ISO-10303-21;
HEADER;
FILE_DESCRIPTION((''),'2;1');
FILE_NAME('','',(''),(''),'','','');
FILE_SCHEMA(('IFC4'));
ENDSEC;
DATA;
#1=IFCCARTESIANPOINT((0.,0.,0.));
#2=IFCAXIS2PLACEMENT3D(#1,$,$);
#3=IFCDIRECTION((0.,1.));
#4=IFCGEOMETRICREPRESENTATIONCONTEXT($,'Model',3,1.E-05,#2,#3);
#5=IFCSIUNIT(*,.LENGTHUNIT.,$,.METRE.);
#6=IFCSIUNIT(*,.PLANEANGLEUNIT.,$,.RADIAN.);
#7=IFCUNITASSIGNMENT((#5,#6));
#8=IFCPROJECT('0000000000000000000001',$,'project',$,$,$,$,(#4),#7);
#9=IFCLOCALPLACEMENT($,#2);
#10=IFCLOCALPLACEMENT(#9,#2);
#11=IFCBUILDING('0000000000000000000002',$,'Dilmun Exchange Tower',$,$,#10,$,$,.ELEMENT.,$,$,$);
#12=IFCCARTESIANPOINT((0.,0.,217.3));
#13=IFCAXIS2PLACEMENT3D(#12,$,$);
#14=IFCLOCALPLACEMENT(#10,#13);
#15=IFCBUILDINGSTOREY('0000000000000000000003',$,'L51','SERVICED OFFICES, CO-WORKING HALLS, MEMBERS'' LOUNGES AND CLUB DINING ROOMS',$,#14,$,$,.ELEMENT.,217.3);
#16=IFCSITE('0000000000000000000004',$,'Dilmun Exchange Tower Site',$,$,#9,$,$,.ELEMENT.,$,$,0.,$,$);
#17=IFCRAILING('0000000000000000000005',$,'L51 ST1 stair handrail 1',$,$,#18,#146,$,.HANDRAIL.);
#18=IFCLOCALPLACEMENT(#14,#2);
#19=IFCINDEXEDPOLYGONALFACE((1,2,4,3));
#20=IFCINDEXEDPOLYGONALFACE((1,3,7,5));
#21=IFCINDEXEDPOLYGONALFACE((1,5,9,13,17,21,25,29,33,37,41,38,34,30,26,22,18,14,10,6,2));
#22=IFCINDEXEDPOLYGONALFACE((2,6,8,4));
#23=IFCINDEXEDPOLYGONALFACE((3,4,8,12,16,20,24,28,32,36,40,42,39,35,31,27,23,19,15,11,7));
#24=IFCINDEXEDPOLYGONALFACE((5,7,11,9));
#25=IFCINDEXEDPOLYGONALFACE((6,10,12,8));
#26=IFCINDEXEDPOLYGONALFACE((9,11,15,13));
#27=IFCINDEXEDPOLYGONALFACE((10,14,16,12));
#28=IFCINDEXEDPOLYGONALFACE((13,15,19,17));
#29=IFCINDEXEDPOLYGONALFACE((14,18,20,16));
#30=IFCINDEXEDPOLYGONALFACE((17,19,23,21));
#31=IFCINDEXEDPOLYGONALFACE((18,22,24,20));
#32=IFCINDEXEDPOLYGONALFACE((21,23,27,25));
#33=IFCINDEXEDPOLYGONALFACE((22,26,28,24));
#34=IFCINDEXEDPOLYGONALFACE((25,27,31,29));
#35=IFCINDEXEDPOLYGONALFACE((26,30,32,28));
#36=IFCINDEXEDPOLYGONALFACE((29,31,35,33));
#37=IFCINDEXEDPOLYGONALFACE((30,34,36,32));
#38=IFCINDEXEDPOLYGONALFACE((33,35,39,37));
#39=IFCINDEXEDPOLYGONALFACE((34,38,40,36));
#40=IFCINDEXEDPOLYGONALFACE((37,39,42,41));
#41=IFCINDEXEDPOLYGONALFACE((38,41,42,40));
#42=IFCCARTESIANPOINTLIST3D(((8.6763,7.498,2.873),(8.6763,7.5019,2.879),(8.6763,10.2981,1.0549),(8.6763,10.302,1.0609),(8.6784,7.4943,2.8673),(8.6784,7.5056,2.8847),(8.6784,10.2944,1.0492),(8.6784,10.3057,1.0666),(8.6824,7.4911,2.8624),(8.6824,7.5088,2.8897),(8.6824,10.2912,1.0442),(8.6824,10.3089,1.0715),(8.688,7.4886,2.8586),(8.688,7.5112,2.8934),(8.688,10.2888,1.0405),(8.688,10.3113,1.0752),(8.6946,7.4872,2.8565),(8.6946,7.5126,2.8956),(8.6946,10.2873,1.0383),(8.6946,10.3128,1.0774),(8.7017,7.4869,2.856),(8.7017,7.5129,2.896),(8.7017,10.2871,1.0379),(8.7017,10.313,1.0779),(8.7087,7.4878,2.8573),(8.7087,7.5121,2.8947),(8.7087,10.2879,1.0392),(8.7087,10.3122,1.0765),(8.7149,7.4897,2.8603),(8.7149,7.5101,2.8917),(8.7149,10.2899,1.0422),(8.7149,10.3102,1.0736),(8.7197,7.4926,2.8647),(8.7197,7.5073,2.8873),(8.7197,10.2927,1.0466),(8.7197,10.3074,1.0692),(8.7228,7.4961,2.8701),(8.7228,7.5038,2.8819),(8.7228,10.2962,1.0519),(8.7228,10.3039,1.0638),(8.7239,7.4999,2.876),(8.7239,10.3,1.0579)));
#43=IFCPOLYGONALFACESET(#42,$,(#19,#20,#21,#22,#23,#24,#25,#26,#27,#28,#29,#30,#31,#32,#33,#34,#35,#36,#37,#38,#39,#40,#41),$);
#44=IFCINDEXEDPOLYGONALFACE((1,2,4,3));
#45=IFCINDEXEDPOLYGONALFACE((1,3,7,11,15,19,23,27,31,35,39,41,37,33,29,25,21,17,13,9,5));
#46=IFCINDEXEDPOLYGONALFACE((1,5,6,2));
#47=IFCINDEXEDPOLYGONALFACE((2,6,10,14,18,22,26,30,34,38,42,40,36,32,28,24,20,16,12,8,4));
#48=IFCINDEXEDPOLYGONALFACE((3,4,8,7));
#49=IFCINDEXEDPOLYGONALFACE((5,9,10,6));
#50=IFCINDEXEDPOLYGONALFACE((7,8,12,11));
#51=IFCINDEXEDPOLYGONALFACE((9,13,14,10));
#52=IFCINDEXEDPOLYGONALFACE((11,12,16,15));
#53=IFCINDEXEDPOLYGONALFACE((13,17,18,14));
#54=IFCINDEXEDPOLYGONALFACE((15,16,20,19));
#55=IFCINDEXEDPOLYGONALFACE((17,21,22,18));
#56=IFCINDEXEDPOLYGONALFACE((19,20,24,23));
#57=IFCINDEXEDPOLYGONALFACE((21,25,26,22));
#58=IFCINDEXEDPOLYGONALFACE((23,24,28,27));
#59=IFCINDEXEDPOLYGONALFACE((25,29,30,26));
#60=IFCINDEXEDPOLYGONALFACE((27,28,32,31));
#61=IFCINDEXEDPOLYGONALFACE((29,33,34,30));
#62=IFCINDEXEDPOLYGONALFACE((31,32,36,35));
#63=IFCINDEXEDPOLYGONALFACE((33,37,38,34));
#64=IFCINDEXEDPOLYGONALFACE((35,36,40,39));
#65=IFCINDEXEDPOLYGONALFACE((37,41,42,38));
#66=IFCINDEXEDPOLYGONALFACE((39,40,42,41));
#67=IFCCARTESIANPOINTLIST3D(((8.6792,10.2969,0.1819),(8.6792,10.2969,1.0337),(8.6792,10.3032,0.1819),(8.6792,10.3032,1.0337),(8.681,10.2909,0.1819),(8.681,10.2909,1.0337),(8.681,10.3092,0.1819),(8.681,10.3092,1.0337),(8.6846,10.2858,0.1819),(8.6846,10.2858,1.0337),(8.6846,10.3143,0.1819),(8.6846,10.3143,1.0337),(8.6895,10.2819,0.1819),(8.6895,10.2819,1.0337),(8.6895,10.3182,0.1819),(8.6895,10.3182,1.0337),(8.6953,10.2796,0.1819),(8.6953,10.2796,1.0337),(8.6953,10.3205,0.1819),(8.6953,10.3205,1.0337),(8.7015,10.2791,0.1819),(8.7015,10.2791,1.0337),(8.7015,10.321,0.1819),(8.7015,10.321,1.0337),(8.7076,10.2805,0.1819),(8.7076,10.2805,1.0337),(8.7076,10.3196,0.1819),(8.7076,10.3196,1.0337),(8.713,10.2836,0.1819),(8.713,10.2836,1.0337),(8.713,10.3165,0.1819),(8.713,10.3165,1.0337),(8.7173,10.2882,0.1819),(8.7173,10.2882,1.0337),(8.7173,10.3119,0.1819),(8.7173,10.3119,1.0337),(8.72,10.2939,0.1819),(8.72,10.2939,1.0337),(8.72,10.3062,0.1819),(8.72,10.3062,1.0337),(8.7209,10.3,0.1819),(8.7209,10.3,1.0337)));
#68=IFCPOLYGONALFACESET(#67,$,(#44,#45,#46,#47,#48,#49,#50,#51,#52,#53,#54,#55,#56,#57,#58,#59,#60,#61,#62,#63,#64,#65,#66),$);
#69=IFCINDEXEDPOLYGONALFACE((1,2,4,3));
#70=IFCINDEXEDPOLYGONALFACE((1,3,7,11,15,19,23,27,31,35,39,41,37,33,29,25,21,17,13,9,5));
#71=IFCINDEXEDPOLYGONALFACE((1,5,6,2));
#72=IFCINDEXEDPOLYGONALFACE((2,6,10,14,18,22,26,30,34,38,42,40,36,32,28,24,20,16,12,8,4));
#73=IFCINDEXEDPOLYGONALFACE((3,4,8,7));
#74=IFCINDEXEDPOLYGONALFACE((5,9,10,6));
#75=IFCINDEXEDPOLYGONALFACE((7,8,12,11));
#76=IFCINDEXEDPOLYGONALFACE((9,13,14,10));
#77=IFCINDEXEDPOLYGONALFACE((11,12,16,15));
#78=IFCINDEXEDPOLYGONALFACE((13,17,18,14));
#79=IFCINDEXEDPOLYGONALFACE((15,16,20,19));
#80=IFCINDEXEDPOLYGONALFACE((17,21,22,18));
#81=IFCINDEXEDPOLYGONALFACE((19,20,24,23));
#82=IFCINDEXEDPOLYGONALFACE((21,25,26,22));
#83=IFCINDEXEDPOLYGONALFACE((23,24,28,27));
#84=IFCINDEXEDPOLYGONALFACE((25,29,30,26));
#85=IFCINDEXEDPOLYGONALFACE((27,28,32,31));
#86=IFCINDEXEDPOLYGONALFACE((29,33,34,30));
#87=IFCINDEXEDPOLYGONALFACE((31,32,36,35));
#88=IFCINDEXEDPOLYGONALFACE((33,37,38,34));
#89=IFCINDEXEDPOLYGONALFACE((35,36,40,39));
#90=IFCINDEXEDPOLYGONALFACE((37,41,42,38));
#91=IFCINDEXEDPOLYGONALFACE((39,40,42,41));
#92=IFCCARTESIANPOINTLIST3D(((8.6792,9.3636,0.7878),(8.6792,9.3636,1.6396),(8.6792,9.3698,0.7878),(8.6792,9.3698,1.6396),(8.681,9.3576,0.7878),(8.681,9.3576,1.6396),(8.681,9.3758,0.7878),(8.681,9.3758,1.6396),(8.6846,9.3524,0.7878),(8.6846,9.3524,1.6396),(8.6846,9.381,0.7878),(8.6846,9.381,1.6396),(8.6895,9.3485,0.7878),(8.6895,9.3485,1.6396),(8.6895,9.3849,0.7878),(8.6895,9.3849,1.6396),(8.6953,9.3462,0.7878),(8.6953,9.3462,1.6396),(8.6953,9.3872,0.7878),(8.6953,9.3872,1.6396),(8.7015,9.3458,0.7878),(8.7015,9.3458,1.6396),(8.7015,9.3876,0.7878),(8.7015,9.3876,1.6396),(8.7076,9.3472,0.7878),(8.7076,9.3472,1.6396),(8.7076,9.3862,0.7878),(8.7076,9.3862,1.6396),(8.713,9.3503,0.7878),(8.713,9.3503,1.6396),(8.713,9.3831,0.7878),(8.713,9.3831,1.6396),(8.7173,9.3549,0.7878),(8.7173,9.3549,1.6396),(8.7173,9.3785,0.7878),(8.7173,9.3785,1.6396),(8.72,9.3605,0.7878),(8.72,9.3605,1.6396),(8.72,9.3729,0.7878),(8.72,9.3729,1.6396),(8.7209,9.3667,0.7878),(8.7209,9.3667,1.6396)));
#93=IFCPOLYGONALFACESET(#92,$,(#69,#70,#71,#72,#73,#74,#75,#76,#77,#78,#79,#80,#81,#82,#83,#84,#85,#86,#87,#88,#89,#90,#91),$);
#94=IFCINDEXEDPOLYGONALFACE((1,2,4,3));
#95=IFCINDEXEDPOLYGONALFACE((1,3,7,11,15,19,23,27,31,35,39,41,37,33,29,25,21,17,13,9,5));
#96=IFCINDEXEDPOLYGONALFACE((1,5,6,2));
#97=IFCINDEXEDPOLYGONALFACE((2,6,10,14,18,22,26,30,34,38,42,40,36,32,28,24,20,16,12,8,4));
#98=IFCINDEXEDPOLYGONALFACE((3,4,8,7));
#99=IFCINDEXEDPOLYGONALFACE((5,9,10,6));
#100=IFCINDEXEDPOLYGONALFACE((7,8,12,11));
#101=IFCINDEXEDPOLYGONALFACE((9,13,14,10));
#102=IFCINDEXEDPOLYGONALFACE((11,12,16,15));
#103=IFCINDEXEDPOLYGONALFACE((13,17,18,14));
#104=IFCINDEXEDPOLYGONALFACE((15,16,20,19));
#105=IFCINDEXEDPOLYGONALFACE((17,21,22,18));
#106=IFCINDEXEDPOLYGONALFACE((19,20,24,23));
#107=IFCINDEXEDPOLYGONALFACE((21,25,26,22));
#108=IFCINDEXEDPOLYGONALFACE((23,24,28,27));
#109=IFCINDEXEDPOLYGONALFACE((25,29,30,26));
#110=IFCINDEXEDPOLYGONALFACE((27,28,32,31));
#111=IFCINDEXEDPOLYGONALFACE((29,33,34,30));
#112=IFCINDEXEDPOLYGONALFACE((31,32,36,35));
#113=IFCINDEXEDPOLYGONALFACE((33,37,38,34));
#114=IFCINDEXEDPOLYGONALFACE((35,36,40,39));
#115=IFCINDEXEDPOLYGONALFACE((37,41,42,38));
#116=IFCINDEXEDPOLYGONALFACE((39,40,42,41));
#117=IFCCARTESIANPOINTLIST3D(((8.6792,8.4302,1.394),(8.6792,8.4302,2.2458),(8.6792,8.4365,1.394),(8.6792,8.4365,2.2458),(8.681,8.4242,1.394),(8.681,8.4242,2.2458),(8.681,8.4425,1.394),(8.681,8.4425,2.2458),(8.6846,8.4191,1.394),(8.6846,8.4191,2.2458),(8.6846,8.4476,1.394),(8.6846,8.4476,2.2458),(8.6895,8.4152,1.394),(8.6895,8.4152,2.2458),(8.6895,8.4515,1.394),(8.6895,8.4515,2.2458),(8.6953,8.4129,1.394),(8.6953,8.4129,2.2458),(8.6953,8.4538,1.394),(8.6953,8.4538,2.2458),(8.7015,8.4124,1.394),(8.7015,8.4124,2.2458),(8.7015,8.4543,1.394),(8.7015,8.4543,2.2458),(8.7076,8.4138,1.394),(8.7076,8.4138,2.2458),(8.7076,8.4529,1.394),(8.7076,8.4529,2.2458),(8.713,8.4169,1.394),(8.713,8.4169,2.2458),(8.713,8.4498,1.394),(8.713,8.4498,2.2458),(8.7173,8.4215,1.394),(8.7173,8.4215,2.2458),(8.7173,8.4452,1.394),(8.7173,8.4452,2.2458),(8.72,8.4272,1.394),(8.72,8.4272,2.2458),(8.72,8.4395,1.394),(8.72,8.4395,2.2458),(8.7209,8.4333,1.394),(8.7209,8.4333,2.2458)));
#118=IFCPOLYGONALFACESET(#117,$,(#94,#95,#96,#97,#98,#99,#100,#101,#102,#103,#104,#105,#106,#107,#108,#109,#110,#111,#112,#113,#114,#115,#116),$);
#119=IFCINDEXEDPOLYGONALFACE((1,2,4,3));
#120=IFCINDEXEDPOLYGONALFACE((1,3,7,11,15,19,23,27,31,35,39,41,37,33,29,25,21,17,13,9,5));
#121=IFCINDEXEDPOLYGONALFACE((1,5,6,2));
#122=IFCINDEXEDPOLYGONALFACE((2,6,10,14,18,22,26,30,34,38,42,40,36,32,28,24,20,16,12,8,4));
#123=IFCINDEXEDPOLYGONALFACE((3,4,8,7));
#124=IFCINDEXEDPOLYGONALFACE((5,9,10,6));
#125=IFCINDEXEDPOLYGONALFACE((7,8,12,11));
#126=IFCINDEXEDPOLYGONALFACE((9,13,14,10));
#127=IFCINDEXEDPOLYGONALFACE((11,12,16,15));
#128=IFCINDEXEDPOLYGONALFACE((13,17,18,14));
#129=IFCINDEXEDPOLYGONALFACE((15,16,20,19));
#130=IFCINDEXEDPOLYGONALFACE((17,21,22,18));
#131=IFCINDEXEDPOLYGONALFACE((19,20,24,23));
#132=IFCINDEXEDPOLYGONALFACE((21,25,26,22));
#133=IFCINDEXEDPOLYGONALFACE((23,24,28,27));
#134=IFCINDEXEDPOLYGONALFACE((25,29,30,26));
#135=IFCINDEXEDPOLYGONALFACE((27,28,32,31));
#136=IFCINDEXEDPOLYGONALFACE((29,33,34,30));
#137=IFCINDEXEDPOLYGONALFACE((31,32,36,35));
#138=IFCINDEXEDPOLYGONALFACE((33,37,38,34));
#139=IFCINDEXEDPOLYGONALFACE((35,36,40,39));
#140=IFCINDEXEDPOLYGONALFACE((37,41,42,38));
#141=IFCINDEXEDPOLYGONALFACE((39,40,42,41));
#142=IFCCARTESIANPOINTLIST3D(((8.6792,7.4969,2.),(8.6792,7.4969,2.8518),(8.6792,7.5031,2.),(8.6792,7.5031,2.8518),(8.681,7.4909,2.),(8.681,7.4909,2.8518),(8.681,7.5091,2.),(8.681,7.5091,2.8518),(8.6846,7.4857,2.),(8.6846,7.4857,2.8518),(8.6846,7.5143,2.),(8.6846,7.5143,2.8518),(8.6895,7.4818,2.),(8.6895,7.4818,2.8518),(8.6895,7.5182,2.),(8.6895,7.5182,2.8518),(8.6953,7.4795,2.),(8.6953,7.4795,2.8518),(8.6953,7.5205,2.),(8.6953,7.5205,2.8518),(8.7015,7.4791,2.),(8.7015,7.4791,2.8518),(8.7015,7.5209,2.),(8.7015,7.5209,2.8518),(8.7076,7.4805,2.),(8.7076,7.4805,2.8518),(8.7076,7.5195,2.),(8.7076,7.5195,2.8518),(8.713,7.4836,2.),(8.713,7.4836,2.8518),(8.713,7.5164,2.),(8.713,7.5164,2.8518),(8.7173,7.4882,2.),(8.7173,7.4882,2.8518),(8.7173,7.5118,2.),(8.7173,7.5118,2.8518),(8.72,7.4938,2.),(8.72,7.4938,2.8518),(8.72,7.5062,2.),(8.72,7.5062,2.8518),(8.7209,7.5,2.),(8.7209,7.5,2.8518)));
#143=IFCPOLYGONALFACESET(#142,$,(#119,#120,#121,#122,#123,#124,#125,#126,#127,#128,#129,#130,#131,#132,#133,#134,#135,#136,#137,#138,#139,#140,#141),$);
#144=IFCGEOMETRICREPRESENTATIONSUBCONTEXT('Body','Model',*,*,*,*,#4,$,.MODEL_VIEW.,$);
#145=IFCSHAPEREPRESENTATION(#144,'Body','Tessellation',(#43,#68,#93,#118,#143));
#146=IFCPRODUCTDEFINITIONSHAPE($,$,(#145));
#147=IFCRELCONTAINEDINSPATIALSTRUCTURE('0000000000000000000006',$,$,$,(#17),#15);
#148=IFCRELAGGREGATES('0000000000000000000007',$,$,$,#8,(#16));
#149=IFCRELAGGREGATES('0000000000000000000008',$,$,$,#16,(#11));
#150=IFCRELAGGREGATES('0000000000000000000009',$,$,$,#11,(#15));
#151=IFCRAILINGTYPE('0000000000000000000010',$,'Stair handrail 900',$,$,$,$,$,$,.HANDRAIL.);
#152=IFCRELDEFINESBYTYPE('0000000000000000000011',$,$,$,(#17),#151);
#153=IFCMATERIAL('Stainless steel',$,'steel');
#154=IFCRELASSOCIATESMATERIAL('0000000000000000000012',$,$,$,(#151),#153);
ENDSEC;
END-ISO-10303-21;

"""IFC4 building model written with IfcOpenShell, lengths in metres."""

from ifc_helpers import new_model, si_unit, direction, frame, origin, origin_2d, place, context, subcontext, project, spatial, circle, extrude, material, type_object, element, save


model = new_model("IFC4")

# Units and contexts
model_context = context("Model", 3, precision=1e-05, world=origin(), true_north=direction((0.0, 1.0)))
body_context = subcontext(model_context, "Body", "Model", "MODEL_VIEW")
ifc_project = project(units=[si_unit("LENGTHUNIT", "METRE"), si_unit("PLANEANGLEUNIT", "RADIAN")], contexts=[model_context])

# Site, building, storey
site_placement = place(None, origin())
site = spatial("IfcSite", under=ifc_project, at=site_placement, Name="Dilmun Exchange Tower Site", CompositionType="ELEMENT", RefElevation=0.0)
building_placement = place(site_placement, origin())
building = spatial("IfcBuilding", under=site, at=building_placement, Name="Dilmun Exchange Tower", CompositionType="ELEMENT")
storey_placement = place(building_placement, frame((0.0, 0.0, 217.3)))
storey = spatial("IfcBuildingStorey", under=building, at=storey_placement, Name="L51", Description="SERVICED OFFICES, CO-WORKING HALLS, MEMBERS' LOUNGES AND CLUB DINING ROOMS", CompositionType="ELEMENT", Elevation=217.3)

# Railing
ifc_material_1 = material(Name="Stainless steel", Category="steel")
railing_type = type_object("IfcRailingType", Name="Stair handrail 900", PredefinedType="HANDRAIL", material=ifc_material_1)
railing_1_placement = place(storey_placement, frame((8.7, 10.3, 0.1819)))
element("IfcRailing", 1, at=railing_1_placement, inside=storey, type_object=railing_type, Name="L51 ST1 stair handrail 1", PredefinedType="HANDRAIL", context=body_context, shape_type="SweptSolid", body=[
    extrude(circle(Radius=0.0239, at=origin_2d()), frame((0.0, 0.0, 0.876), z_axis=(0.0, -0.838706, 0.544585), x_axis=(1.0, 0.0, 0.0)), (0.0, 0.0, 1.0), 3.3386),
    extrude(circle(Radius=0.021, at=origin_2d()), origin(), (0.0, 0.0, 1.0), 0.8518),
    extrude(circle(Radius=0.021, at=origin_2d()), frame((0.0, -0.9333, 0.606)), (0.0, 0.0, 1.0), 0.8518),
    extrude(circle(Radius=0.021, at=origin_2d()), frame((0.0, -1.8667, 1.2122)), (0.0, 0.0, 1.0), 0.8518),
    extrude(circle(Radius=0.021, at=origin_2d()), frame((0.0, -2.8, 1.8181)), (0.0, 0.0, 1.0), 0.8518),
])

save(model, "model.ifc")
